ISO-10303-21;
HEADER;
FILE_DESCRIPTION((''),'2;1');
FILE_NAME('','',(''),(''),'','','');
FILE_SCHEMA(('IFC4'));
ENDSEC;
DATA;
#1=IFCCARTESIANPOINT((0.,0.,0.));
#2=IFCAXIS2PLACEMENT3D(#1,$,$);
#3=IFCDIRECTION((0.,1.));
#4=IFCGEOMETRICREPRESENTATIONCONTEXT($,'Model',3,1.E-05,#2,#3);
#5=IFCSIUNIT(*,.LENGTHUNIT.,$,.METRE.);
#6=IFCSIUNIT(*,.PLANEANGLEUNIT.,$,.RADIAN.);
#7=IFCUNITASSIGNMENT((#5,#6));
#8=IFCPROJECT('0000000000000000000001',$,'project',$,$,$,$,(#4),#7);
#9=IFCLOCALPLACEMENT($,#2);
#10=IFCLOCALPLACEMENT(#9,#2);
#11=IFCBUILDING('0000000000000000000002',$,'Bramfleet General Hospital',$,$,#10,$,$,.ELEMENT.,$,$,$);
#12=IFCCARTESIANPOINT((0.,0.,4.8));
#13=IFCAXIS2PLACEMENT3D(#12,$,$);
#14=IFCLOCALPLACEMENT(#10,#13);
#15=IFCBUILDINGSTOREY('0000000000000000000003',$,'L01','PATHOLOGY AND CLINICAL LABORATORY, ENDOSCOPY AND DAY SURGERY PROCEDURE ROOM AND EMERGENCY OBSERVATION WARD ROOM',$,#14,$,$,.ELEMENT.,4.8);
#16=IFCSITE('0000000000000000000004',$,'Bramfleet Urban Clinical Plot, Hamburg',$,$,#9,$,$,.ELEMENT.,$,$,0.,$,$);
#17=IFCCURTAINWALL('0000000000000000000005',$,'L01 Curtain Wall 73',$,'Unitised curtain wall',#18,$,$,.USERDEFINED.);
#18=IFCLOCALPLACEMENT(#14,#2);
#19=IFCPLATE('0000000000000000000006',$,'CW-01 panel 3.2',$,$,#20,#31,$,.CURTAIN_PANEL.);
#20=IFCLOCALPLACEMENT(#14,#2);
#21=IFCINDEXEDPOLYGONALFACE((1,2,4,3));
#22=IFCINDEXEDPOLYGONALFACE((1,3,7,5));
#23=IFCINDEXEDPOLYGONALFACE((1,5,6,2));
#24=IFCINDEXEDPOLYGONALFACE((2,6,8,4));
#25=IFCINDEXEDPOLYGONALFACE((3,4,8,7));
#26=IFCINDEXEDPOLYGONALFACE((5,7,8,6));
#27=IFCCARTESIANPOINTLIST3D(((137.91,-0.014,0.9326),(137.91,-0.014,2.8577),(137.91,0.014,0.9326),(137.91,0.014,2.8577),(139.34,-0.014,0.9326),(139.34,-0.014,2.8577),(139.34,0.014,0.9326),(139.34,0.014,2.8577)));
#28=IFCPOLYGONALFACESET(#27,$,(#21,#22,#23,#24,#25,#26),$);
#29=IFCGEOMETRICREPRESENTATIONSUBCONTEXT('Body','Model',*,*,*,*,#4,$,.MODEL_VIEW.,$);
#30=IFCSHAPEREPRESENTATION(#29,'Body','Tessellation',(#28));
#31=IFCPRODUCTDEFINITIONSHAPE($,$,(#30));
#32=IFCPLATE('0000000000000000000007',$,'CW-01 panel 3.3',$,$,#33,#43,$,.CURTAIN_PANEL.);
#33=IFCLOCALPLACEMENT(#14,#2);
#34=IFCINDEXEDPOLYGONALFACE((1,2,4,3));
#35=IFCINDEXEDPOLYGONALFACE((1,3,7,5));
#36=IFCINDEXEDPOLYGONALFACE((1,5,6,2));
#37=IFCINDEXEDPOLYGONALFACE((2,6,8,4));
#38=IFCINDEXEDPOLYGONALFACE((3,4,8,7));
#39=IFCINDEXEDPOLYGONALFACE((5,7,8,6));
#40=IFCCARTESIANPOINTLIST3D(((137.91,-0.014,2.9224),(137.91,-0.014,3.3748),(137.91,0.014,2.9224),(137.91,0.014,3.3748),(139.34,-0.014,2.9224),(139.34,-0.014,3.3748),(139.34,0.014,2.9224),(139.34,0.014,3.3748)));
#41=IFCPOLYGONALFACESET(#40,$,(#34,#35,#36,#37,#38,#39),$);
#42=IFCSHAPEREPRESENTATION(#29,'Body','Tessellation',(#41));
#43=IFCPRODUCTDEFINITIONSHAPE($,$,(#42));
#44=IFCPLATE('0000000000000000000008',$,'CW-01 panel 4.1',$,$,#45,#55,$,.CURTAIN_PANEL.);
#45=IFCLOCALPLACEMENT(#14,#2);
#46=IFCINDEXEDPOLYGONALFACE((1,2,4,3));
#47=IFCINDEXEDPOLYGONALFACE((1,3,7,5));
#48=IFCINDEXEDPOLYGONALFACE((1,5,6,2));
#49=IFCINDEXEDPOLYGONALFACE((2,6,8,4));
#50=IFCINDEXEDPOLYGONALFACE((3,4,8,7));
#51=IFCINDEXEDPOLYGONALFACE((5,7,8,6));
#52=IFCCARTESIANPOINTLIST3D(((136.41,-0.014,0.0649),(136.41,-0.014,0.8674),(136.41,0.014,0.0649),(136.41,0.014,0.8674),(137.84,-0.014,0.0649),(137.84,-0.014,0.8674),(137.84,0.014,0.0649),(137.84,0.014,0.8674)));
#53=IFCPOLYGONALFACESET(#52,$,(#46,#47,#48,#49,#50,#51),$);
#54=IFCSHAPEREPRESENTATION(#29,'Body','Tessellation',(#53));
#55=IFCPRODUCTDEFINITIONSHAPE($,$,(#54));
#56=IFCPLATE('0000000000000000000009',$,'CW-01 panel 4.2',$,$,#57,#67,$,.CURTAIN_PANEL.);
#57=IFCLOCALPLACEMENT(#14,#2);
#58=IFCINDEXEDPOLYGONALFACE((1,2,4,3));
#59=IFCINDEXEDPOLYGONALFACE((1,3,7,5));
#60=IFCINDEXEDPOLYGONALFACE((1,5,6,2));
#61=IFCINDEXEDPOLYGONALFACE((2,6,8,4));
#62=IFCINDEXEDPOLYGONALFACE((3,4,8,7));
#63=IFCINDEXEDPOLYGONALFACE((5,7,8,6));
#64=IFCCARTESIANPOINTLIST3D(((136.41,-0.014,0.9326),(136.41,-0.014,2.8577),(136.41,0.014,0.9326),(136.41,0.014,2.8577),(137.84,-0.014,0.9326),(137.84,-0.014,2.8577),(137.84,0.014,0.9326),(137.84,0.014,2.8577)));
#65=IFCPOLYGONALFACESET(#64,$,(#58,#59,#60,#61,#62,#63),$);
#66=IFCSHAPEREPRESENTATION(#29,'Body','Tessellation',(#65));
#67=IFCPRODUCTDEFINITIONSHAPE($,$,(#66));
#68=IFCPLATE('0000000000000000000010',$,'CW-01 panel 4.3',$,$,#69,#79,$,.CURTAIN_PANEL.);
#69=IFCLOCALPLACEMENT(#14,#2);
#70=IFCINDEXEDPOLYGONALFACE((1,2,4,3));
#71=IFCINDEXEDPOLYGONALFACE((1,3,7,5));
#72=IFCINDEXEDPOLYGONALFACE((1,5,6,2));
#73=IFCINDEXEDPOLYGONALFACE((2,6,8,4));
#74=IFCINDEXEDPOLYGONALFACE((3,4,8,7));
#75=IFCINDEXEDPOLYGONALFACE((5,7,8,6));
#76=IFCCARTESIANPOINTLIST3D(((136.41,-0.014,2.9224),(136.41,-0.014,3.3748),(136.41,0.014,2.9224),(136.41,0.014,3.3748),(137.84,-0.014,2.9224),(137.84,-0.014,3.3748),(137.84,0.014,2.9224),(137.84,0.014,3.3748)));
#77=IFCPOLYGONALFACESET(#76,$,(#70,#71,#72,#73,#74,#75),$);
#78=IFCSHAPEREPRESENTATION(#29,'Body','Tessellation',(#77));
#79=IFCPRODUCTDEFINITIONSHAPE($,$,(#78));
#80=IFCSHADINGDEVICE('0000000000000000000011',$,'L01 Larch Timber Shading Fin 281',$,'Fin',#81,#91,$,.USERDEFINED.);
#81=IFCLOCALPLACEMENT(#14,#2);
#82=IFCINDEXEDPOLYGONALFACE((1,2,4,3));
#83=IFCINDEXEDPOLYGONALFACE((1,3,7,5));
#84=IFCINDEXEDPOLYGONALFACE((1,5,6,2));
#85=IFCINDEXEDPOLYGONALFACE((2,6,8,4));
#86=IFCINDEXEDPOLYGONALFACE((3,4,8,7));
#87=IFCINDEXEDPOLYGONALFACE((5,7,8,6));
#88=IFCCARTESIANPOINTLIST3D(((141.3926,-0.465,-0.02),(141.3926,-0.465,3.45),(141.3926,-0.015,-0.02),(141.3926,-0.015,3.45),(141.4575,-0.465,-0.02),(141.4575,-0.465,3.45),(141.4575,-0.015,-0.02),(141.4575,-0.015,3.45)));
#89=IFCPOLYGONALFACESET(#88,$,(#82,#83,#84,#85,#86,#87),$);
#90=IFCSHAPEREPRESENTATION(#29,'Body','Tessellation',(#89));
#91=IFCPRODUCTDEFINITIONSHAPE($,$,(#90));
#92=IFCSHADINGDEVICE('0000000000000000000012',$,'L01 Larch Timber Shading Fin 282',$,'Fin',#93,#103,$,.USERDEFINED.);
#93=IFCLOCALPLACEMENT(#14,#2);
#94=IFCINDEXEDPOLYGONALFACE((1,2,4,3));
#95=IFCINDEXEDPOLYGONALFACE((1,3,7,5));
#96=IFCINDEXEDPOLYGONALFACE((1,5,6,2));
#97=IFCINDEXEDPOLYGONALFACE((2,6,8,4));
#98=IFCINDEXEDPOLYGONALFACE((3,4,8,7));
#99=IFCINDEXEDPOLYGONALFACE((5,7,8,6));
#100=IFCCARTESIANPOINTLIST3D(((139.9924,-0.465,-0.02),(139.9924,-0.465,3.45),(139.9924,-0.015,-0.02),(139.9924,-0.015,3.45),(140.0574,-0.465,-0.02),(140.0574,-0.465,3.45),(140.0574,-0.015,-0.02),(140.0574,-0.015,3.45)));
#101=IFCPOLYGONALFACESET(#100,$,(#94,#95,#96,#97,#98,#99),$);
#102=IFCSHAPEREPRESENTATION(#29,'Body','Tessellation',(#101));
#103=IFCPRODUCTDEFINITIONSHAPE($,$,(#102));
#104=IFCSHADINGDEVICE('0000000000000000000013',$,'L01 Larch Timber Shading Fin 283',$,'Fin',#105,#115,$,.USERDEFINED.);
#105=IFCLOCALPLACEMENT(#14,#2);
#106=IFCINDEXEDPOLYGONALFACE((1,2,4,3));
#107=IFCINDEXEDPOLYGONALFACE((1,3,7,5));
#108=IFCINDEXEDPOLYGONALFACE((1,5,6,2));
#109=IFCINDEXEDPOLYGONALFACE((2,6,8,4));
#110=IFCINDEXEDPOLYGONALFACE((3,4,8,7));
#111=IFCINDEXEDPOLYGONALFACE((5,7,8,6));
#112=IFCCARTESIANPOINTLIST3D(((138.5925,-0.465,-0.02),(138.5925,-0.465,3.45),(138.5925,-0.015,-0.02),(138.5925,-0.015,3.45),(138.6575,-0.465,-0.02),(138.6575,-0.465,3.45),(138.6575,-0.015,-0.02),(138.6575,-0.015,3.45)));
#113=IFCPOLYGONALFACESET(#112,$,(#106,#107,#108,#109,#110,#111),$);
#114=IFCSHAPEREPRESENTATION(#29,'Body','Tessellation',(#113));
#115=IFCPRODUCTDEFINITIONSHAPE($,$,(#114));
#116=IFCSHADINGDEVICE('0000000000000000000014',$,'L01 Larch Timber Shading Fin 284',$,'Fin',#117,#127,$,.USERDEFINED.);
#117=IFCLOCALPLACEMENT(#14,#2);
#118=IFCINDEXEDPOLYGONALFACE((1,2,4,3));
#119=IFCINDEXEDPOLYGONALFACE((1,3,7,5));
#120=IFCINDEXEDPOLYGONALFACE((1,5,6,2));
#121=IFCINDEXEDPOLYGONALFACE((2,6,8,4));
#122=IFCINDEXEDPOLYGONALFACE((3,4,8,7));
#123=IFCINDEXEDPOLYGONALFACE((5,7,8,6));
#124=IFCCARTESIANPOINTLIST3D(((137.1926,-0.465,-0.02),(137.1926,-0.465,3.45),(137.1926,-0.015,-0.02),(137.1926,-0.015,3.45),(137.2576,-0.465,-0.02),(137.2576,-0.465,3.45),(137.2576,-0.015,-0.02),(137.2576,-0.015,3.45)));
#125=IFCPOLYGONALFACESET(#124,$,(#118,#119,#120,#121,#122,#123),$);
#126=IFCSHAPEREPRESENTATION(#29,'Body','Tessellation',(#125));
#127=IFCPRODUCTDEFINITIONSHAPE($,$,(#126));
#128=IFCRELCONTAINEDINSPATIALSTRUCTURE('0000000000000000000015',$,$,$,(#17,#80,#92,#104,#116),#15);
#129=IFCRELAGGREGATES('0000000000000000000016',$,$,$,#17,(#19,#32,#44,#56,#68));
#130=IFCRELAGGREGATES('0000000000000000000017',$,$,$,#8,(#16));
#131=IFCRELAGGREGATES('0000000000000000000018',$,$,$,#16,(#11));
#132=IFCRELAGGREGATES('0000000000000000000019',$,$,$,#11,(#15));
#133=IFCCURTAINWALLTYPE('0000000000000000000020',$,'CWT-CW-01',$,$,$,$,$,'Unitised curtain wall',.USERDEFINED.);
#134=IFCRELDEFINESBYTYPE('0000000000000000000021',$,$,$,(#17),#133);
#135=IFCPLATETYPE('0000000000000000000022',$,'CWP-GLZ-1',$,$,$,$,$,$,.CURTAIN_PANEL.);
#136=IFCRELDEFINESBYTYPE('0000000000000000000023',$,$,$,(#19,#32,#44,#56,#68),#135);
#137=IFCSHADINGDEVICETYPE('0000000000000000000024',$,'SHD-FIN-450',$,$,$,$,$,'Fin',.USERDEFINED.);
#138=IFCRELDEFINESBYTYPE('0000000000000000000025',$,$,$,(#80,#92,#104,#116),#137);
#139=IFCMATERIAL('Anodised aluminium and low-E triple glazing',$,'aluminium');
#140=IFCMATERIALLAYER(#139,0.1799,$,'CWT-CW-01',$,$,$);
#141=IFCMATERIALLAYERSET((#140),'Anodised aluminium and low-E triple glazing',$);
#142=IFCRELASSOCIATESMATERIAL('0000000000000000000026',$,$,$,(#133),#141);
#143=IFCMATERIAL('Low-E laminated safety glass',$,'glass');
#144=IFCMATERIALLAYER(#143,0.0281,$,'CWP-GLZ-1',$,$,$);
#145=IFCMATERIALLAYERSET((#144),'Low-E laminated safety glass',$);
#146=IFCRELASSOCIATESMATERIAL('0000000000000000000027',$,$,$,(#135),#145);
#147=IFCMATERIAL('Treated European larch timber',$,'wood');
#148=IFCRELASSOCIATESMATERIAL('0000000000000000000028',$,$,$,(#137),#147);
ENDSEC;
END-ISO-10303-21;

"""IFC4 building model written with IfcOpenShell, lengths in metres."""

from ifc_helpers import new_model, si_unit, direction, frame, origin, origin_2d, place, context, subcontext, project, spatial, rectangle, extrude, material, layer, layer_set, material_profile, profile_set, type_object, element, aggregate, save


model = new_model("IFC4")

# Units and contexts
model_context = context("Model", 3, precision=1e-05, world=origin(), true_north=direction((0.0, 1.0)))
body_context = subcontext(model_context, "Body", "Model", "MODEL_VIEW")
ifc_project = project(units=[si_unit("LENGTHUNIT", "METRE"), si_unit("PLANEANGLEUNIT", "RADIAN")], contexts=[model_context])

# Site, building, storey
site_placement = place(None, origin())
site = spatial("IfcSite", under=ifc_project, at=site_placement, Name="Bramfleet Urban Clinical Plot, Hamburg", CompositionType="ELEMENT", RefElevation=0.0)
building_placement = place(site_placement, origin())
building = spatial("IfcBuilding", under=site, at=building_placement, Name="Bramfleet General Hospital", CompositionType="ELEMENT")
storey_placement = place(building_placement, frame((0.0, 0.0, 4.8)))
storey = spatial("IfcBuildingStorey", under=building, at=storey_placement, Name="L01", Description="PATHOLOGY AND CLINICAL LABORATORY, ENDOSCOPY AND DAY SURGERY PROCEDURE ROOM AND EMERGENCY OBSERVATION WARD ROOM", CompositionType="ELEMENT", Elevation=4.8)

# Curtain wall, plates
ifc_material_1 = material(Name="Anodised aluminium and low-E triple glazing", Category="aluminium")
ifc_layer_1 = layer(ifc_material_1, 0.1799, Name="CWT-CW-01")
ifc_layer_set_1 = layer_set([ifc_layer_1], Name="Anodised aluminium and low-E triple glazing")
curtain_wall_type = type_object("IfcCurtainWallType", Name="CWT-CW-01", ElementType="Unitised curtain wall", PredefinedType="USERDEFINED", material=ifc_layer_set_1)
curtain_wall_placement = place(storey_placement, origin())
curtain_wall = element("IfcCurtainWall", 1, at=curtain_wall_placement, inside=storey, type_object=curtain_wall_type, Name="L01 Curtain Wall 73", ObjectType="Unitised curtain wall", PredefinedType="USERDEFINED")
ifc_material_2 = material(Name="Low-E laminated safety glass", Category="glass")
ifc_layer_2 = layer(ifc_material_2, 0.0281, Name="CWP-GLZ-1")
ifc_layer_set_2 = layer_set([ifc_layer_2], Name="Low-E laminated safety glass")
plate_type = type_object("IfcPlateType", Name="CWP-GLZ-1", PredefinedType="CURTAIN_PANEL", material=ifc_layer_set_2)
plate_1_placement = place(storey_placement, frame((138.625, 0.0, 0.9326), z_axis=(0.0, 0.0, 1.0), x_axis=(-1.0, 0.0, 0.0)))
plate_1 = element("IfcPlate", 2, at=plate_1_placement, type_object=plate_type, Name="CW-01 panel 3.2", PredefinedType="CURTAIN_PANEL", context=body_context, shape_type="SweptSolid", body=[
    extrude(rectangle(XDim=1.4299, YDim=0.0281, at=origin_2d()), origin(), (0.0, 0.0, 1.0), 1.925),
])
plate_2_placement = place(storey_placement, frame((138.625, 0.0, 2.9224), z_axis=(0.0, 0.0, 1.0), x_axis=(-1.0, 0.0, 0.0)))
plate_2 = element("IfcPlate", 3, at=plate_2_placement, type_object=plate_type, Name="CW-01 panel 3.3", PredefinedType="CURTAIN_PANEL", context=body_context, shape_type="SweptSolid", body=[
    extrude(rectangle(XDim=1.4299, YDim=0.0281, at=origin_2d()), origin(), (0.0, 0.0, 1.0), 0.4524),
])
plate_3_placement = place(storey_placement, frame((137.125, 0.0, 0.0649), z_axis=(0.0, 0.0, 1.0), x_axis=(-1.0, 0.0, 0.0)))
plate_3 = element("IfcPlate", 4, at=plate_3_placement, type_object=plate_type, Name="CW-01 panel 4.1", PredefinedType="CURTAIN_PANEL", context=body_context, shape_type="SweptSolid", body=[
    extrude(rectangle(XDim=1.4299, YDim=0.0281, at=origin_2d()), origin(), (0.0, 0.0, 1.0), 0.8025),
])
plate_4_placement = place(storey_placement, frame((137.125, 0.0, 0.9326), z_axis=(0.0, 0.0, 1.0), x_axis=(-1.0, 0.0, 0.0)))
plate_4 = element("IfcPlate", 5, at=plate_4_placement, type_object=plate_type, Name="CW-01 panel 4.2", PredefinedType="CURTAIN_PANEL", context=body_context, shape_type="SweptSolid", body=[
    extrude(rectangle(XDim=1.4299, YDim=0.0281, at=origin_2d()), origin(), (0.0, 0.0, 1.0), 1.925),
])
plate_5_placement = place(storey_placement, frame((137.125, 0.0, 2.9224), z_axis=(0.0, 0.0, 1.0), x_axis=(-1.0, 0.0, 0.0)))
plate_5 = element("IfcPlate", 6, at=plate_5_placement, type_object=plate_type, Name="CW-01 panel 4.3", PredefinedType="CURTAIN_PANEL", context=body_context, shape_type="SweptSolid", body=[
    extrude(rectangle(XDim=1.4299, YDim=0.0281, at=origin_2d()), origin(), (0.0, 0.0, 1.0), 0.4524),
])
aggregate(curtain_wall, [plate_1, plate_2, plate_3, plate_4, plate_5])

# Shading devices
ifc_material_3 = material(Name="Treated European larch timber", Category="wood")
ifc_material_profile_1 = material_profile(ifc_material_3, rectangle(XDim=0.0649, YDim=0.45, at=origin_2d()), Name="LARCH FIN 450x65")
ifc_profile_set_1 = profile_set([ifc_material_profile_1], Name="Treated European larch timber")
shading_device_type = type_object("IfcShadingDeviceType", Name="SHD-FIN-450", ElementType="Fin", PredefinedType="USERDEFINED", material=ifc_profile_set_1)
for number, where, z_axis, x_axis, name in (
    (7, (141.425, -0.24, -0.02), (0.0, 0.0, 1.0), (-1.0, 0.0, 0.0), "L01 Larch Timber Shading Fin 281"),
    (8, (140.0249, -0.24, -0.02), (0.0, 0.0, 1.0), (-1.0, 0.0, 0.0), "L01 Larch Timber Shading Fin 282"),
    (9, (138.625, -0.24, -0.02), (0.0, 0.0, 1.0), (-1.0, 0.0, 0.0), "L01 Larch Timber Shading Fin 283"),
    (10, (137.2251, -0.24, -0.02), (0.0, 0.0, 1.0), (-1.0, 0.0, 0.0), "L01 Larch Timber Shading Fin 284"),
):
    element("IfcShadingDevice", number, at=place(storey_placement, frame(where, z_axis=z_axis, x_axis=x_axis)), inside=storey, type_object=shading_device_type, Name=name, ObjectType="Fin", PredefinedType="USERDEFINED", context=body_context, shape_type="SweptSolid", body=[
        extrude(rectangle(XDim=0.0649, YDim=0.45, at=origin_2d()), origin(), (0.0, 0.0, 1.0), 3.47),
    ])

save(model, "model.ifc")
